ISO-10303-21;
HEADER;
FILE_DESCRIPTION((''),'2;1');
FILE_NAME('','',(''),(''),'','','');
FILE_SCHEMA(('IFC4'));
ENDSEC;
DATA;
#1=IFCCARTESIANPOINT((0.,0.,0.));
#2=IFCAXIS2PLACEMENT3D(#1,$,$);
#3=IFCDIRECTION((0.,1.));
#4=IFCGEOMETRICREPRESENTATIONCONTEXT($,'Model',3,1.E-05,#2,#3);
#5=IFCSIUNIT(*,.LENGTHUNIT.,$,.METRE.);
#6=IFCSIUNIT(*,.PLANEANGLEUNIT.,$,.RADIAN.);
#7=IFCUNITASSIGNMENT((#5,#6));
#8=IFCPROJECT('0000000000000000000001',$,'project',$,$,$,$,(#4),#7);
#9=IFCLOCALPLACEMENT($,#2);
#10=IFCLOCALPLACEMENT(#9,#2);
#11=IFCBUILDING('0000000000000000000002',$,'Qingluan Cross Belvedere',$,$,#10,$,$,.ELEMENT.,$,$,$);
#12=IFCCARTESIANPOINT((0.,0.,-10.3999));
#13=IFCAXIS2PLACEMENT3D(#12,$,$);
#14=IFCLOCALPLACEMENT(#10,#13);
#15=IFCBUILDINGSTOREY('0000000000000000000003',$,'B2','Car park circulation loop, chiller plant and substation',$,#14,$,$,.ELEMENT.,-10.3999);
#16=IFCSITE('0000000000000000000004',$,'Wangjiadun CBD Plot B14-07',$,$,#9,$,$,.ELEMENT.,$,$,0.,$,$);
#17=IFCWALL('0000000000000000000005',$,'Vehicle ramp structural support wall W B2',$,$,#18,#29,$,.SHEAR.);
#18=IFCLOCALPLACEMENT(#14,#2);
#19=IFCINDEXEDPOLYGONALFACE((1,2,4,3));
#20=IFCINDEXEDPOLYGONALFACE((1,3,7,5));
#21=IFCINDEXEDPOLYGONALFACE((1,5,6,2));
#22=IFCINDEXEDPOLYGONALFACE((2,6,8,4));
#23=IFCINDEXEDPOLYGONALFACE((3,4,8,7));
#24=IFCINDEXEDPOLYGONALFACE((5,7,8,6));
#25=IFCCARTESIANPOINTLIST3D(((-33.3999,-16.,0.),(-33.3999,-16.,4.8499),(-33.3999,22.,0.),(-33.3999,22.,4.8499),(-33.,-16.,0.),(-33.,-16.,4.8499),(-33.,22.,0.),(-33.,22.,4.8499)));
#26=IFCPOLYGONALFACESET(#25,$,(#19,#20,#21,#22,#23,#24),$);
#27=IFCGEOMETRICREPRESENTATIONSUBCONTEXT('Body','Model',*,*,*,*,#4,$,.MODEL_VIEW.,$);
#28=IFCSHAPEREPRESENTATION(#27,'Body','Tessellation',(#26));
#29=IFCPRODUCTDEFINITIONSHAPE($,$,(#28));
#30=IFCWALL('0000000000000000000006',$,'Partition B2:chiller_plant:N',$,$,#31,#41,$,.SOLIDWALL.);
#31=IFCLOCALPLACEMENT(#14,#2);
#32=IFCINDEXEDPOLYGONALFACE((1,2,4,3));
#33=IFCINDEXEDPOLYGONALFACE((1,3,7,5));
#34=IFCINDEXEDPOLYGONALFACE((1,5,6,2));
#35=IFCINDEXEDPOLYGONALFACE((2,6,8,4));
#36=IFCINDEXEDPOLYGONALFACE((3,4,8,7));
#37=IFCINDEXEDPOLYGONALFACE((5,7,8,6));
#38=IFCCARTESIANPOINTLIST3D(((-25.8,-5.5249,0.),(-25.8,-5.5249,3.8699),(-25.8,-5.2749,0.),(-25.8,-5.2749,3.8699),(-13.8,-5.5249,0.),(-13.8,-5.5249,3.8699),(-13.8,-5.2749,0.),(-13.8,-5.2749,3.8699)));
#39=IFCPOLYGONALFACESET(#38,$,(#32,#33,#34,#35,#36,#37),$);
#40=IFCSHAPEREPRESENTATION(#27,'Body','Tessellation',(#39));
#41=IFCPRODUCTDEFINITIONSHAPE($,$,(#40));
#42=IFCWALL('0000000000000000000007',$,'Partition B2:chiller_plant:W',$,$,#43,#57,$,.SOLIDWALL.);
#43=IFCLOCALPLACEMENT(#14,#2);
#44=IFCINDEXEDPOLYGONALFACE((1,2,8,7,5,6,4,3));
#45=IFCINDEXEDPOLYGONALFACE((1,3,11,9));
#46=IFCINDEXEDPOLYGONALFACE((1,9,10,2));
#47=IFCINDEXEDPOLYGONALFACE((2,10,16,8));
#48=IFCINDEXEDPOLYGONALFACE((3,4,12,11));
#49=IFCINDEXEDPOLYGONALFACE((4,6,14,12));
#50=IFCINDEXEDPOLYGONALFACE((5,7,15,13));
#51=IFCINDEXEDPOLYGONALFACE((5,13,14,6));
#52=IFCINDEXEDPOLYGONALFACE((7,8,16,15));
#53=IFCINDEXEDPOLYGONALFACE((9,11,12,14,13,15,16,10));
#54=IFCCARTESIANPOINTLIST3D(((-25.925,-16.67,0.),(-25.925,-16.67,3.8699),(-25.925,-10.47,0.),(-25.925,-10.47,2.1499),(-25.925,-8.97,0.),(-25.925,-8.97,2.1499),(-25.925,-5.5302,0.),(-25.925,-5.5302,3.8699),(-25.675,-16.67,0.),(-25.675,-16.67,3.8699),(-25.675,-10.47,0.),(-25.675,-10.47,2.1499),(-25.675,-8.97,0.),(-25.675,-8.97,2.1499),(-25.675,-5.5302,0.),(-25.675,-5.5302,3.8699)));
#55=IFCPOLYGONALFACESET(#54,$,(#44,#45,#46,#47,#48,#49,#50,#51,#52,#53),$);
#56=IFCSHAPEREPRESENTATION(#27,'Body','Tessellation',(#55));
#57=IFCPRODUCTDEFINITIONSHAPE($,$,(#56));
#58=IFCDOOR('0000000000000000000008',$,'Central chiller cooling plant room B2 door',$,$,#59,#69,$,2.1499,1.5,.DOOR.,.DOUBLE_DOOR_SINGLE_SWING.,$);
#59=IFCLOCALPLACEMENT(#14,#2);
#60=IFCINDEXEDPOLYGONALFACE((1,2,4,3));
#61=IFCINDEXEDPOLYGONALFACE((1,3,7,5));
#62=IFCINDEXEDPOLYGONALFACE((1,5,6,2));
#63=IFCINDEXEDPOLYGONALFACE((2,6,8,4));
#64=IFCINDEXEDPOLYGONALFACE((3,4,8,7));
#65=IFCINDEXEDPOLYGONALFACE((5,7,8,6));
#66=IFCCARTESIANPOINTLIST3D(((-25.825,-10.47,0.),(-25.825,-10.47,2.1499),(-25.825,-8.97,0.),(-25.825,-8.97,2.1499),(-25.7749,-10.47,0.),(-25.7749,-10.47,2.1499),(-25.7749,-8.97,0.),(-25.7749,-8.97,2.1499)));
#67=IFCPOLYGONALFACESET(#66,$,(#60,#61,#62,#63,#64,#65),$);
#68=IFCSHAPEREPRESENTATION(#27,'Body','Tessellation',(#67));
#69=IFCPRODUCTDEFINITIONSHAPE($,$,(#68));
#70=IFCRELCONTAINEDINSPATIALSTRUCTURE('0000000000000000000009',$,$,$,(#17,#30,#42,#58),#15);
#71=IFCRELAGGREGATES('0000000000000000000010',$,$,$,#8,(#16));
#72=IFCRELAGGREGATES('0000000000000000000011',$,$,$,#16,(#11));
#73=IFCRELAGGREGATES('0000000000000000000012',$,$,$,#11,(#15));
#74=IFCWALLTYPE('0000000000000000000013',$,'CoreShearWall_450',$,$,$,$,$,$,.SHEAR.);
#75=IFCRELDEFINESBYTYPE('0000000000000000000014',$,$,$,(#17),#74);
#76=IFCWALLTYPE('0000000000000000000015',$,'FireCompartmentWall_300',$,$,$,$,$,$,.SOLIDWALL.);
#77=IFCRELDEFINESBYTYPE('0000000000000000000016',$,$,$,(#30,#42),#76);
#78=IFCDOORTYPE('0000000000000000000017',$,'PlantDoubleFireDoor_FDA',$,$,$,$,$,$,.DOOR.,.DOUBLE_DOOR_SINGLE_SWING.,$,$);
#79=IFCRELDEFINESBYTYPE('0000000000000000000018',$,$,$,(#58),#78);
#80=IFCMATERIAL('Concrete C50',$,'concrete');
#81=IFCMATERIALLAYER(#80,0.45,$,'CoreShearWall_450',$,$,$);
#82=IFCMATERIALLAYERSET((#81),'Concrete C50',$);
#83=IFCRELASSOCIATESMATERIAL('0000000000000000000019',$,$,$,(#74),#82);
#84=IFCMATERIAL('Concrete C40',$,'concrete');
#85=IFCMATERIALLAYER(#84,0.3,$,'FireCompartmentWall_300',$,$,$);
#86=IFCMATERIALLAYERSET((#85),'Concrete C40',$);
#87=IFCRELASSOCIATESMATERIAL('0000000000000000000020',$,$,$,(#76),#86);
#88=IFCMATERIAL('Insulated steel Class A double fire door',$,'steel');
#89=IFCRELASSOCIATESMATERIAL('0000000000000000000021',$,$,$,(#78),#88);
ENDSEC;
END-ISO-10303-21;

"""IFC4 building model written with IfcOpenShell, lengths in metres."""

from ifc_helpers import new_model, si_unit, direction, frame, frame_2d, origin, place, context, subcontext, project, spatial, rectangle, extrude, material, layer, layer_set, type_object, element, fill, save


model = new_model("IFC4")

# Units and contexts
model_context = context("Model", 3, precision=1e-05, world=origin(), true_north=direction((0.0, 1.0)))
body_context = subcontext(model_context, "Body", "Model", "MODEL_VIEW")
ifc_project = project(units=[si_unit("LENGTHUNIT", "METRE"), si_unit("PLANEANGLEUNIT", "RADIAN")], contexts=[model_context])

# Site, building, storey
site_placement = place(None, origin())
site = spatial("IfcSite", under=ifc_project, at=site_placement, Name="Wangjiadun CBD Plot B14-07", CompositionType="ELEMENT", RefElevation=0.0)
building_placement = place(site_placement, origin())
building = spatial("IfcBuilding", under=site, at=building_placement, Name="Qingluan Cross Belvedere", CompositionType="ELEMENT")
storey_placement = place(building_placement, frame((0.0, 0.0, -10.3999)))
storey = spatial("IfcBuildingStorey", under=building, at=storey_placement, Name="B2", Description="Car park circulation loop, chiller plant and substation", CompositionType="ELEMENT", Elevation=-10.3999)

# Walls
ifc_material_1 = material(Name="Concrete C50", Category="concrete")
ifc_layer_1 = layer(ifc_material_1, 0.45, Name="CoreShearWall_450")
ifc_layer_set_1 = layer_set([ifc_layer_1], Name="Concrete C50")
wall_type_1 = type_object("IfcWallType", Name="CoreShearWall_450", PredefinedType="SHEAR", material=ifc_layer_set_1)
wall_1_placement = place(storey_placement, frame((-33.2, -16.0, 0.0), z_axis=(0.0, 0.0, 1.0), x_axis=(0.0, 1.0, 0.0)))
element("IfcWall", 1, at=wall_1_placement, inside=storey, type_object=wall_type_1, Name="Vehicle ramp structural support wall W B2", PredefinedType="SHEAR", context=body_context, shape_type="SweptSolid", body=[
    extrude(rectangle(XDim=38.0, YDim=0.3999, at=frame_2d((19.0, 0.0))), origin(), (0.0, 0.0, 1.0), 4.8499),
])
ifc_material_2 = material(Name="Concrete C40", Category="concrete")
ifc_layer_2 = layer(ifc_material_2, 0.3, Name="FireCompartmentWall_300")
ifc_layer_set_2 = layer_set([ifc_layer_2], Name="Concrete C40")
wall_type_2 = type_object("IfcWallType", Name="FireCompartmentWall_300", PredefinedType="SOLIDWALL", material=ifc_layer_set_2)
wall_2_placement = place(storey_placement, frame((-25.8, -5.3999, 0.0), z_axis=(0.0, 0.0, 1.0), x_axis=(1.0, 0.0, 0.0)))
element("IfcWall", 2, at=wall_2_placement, inside=storey, type_object=wall_type_2, Name="Partition B2:chiller_plant:N", PredefinedType="SOLIDWALL", context=body_context, shape_type="SweptSolid", body=[
    extrude(rectangle(XDim=12.0, YDim=0.25, at=frame_2d((6.0, 0.0))), origin(), (0.0, 0.0, 1.0), 3.8699),
])

# Wall, opening, door
wall_3_placement = place(storey_placement, frame((-25.8, -16.6699, 0.0), z_axis=(0.0, 0.0, 1.0), x_axis=(0.0, 1.0, 0.0)))
wall_3 = element("IfcWall", 3, at=wall_3_placement, inside=storey, type_object=wall_type_2, Name="Partition B2:chiller_plant:W", PredefinedType="SOLIDWALL", context=body_context, shape_type="SweptSolid", body=[
    extrude(rectangle(XDim=11.1399, YDim=0.25, at=frame_2d((5.5698, 0.0))), origin(), (0.0, 0.0, 1.0), 3.8699),
])
opening_placement = place(wall_3_placement, frame((6.2, 0.0, 0.0)))
opening = element("IfcOpeningElement", 4, at=opening_placement, cuts=wall_3, PredefinedType="OPENING", context=body_context, shape_type="SweptSolid", body=[
    extrude(rectangle(XDim=1.5, YDim=2.1499, at=frame_2d((0.75, 1.075))), frame((0.0, 0.135, 0.0), z_axis=(0.0, -1.0, 0.0), x_axis=(1.0, 0.0, 0.0)), (0.0, 0.0, 1.0), 0.27),
])
ifc_material_3 = material(Name="Insulated steel Class A double fire door", Category="steel")
door_type = type_object("IfcDoorType", Name="PlantDoubleFireDoor_FDA", OperationType="DOUBLE_DOOR_SINGLE_SWING", PredefinedType="DOOR", material=ifc_material_3)
door_placement = place(opening_placement, origin())
door = element("IfcDoor", 5, at=door_placement, inside=storey, type_object=door_type, Name="Central chiller cooling plant room B2 door", OperationType="DOUBLE_DOOR_SINGLE_SWING", OverallHeight=2.1499, OverallWidth=1.5, PredefinedType="DOOR", context=body_context, shape_type="SweptSolid", body=[
    extrude(rectangle(XDim=1.5, YDim=2.1499, at=frame_2d((0.75, 1.075))), frame((0.0, 0.0249, 0.0), z_axis=(0.0, -1.0, 0.0), x_axis=(1.0, 0.0, 0.0)), (0.0, 0.0, 1.0), 0.05),
])
fill(opening, door)

save(model, "model.ifc")
